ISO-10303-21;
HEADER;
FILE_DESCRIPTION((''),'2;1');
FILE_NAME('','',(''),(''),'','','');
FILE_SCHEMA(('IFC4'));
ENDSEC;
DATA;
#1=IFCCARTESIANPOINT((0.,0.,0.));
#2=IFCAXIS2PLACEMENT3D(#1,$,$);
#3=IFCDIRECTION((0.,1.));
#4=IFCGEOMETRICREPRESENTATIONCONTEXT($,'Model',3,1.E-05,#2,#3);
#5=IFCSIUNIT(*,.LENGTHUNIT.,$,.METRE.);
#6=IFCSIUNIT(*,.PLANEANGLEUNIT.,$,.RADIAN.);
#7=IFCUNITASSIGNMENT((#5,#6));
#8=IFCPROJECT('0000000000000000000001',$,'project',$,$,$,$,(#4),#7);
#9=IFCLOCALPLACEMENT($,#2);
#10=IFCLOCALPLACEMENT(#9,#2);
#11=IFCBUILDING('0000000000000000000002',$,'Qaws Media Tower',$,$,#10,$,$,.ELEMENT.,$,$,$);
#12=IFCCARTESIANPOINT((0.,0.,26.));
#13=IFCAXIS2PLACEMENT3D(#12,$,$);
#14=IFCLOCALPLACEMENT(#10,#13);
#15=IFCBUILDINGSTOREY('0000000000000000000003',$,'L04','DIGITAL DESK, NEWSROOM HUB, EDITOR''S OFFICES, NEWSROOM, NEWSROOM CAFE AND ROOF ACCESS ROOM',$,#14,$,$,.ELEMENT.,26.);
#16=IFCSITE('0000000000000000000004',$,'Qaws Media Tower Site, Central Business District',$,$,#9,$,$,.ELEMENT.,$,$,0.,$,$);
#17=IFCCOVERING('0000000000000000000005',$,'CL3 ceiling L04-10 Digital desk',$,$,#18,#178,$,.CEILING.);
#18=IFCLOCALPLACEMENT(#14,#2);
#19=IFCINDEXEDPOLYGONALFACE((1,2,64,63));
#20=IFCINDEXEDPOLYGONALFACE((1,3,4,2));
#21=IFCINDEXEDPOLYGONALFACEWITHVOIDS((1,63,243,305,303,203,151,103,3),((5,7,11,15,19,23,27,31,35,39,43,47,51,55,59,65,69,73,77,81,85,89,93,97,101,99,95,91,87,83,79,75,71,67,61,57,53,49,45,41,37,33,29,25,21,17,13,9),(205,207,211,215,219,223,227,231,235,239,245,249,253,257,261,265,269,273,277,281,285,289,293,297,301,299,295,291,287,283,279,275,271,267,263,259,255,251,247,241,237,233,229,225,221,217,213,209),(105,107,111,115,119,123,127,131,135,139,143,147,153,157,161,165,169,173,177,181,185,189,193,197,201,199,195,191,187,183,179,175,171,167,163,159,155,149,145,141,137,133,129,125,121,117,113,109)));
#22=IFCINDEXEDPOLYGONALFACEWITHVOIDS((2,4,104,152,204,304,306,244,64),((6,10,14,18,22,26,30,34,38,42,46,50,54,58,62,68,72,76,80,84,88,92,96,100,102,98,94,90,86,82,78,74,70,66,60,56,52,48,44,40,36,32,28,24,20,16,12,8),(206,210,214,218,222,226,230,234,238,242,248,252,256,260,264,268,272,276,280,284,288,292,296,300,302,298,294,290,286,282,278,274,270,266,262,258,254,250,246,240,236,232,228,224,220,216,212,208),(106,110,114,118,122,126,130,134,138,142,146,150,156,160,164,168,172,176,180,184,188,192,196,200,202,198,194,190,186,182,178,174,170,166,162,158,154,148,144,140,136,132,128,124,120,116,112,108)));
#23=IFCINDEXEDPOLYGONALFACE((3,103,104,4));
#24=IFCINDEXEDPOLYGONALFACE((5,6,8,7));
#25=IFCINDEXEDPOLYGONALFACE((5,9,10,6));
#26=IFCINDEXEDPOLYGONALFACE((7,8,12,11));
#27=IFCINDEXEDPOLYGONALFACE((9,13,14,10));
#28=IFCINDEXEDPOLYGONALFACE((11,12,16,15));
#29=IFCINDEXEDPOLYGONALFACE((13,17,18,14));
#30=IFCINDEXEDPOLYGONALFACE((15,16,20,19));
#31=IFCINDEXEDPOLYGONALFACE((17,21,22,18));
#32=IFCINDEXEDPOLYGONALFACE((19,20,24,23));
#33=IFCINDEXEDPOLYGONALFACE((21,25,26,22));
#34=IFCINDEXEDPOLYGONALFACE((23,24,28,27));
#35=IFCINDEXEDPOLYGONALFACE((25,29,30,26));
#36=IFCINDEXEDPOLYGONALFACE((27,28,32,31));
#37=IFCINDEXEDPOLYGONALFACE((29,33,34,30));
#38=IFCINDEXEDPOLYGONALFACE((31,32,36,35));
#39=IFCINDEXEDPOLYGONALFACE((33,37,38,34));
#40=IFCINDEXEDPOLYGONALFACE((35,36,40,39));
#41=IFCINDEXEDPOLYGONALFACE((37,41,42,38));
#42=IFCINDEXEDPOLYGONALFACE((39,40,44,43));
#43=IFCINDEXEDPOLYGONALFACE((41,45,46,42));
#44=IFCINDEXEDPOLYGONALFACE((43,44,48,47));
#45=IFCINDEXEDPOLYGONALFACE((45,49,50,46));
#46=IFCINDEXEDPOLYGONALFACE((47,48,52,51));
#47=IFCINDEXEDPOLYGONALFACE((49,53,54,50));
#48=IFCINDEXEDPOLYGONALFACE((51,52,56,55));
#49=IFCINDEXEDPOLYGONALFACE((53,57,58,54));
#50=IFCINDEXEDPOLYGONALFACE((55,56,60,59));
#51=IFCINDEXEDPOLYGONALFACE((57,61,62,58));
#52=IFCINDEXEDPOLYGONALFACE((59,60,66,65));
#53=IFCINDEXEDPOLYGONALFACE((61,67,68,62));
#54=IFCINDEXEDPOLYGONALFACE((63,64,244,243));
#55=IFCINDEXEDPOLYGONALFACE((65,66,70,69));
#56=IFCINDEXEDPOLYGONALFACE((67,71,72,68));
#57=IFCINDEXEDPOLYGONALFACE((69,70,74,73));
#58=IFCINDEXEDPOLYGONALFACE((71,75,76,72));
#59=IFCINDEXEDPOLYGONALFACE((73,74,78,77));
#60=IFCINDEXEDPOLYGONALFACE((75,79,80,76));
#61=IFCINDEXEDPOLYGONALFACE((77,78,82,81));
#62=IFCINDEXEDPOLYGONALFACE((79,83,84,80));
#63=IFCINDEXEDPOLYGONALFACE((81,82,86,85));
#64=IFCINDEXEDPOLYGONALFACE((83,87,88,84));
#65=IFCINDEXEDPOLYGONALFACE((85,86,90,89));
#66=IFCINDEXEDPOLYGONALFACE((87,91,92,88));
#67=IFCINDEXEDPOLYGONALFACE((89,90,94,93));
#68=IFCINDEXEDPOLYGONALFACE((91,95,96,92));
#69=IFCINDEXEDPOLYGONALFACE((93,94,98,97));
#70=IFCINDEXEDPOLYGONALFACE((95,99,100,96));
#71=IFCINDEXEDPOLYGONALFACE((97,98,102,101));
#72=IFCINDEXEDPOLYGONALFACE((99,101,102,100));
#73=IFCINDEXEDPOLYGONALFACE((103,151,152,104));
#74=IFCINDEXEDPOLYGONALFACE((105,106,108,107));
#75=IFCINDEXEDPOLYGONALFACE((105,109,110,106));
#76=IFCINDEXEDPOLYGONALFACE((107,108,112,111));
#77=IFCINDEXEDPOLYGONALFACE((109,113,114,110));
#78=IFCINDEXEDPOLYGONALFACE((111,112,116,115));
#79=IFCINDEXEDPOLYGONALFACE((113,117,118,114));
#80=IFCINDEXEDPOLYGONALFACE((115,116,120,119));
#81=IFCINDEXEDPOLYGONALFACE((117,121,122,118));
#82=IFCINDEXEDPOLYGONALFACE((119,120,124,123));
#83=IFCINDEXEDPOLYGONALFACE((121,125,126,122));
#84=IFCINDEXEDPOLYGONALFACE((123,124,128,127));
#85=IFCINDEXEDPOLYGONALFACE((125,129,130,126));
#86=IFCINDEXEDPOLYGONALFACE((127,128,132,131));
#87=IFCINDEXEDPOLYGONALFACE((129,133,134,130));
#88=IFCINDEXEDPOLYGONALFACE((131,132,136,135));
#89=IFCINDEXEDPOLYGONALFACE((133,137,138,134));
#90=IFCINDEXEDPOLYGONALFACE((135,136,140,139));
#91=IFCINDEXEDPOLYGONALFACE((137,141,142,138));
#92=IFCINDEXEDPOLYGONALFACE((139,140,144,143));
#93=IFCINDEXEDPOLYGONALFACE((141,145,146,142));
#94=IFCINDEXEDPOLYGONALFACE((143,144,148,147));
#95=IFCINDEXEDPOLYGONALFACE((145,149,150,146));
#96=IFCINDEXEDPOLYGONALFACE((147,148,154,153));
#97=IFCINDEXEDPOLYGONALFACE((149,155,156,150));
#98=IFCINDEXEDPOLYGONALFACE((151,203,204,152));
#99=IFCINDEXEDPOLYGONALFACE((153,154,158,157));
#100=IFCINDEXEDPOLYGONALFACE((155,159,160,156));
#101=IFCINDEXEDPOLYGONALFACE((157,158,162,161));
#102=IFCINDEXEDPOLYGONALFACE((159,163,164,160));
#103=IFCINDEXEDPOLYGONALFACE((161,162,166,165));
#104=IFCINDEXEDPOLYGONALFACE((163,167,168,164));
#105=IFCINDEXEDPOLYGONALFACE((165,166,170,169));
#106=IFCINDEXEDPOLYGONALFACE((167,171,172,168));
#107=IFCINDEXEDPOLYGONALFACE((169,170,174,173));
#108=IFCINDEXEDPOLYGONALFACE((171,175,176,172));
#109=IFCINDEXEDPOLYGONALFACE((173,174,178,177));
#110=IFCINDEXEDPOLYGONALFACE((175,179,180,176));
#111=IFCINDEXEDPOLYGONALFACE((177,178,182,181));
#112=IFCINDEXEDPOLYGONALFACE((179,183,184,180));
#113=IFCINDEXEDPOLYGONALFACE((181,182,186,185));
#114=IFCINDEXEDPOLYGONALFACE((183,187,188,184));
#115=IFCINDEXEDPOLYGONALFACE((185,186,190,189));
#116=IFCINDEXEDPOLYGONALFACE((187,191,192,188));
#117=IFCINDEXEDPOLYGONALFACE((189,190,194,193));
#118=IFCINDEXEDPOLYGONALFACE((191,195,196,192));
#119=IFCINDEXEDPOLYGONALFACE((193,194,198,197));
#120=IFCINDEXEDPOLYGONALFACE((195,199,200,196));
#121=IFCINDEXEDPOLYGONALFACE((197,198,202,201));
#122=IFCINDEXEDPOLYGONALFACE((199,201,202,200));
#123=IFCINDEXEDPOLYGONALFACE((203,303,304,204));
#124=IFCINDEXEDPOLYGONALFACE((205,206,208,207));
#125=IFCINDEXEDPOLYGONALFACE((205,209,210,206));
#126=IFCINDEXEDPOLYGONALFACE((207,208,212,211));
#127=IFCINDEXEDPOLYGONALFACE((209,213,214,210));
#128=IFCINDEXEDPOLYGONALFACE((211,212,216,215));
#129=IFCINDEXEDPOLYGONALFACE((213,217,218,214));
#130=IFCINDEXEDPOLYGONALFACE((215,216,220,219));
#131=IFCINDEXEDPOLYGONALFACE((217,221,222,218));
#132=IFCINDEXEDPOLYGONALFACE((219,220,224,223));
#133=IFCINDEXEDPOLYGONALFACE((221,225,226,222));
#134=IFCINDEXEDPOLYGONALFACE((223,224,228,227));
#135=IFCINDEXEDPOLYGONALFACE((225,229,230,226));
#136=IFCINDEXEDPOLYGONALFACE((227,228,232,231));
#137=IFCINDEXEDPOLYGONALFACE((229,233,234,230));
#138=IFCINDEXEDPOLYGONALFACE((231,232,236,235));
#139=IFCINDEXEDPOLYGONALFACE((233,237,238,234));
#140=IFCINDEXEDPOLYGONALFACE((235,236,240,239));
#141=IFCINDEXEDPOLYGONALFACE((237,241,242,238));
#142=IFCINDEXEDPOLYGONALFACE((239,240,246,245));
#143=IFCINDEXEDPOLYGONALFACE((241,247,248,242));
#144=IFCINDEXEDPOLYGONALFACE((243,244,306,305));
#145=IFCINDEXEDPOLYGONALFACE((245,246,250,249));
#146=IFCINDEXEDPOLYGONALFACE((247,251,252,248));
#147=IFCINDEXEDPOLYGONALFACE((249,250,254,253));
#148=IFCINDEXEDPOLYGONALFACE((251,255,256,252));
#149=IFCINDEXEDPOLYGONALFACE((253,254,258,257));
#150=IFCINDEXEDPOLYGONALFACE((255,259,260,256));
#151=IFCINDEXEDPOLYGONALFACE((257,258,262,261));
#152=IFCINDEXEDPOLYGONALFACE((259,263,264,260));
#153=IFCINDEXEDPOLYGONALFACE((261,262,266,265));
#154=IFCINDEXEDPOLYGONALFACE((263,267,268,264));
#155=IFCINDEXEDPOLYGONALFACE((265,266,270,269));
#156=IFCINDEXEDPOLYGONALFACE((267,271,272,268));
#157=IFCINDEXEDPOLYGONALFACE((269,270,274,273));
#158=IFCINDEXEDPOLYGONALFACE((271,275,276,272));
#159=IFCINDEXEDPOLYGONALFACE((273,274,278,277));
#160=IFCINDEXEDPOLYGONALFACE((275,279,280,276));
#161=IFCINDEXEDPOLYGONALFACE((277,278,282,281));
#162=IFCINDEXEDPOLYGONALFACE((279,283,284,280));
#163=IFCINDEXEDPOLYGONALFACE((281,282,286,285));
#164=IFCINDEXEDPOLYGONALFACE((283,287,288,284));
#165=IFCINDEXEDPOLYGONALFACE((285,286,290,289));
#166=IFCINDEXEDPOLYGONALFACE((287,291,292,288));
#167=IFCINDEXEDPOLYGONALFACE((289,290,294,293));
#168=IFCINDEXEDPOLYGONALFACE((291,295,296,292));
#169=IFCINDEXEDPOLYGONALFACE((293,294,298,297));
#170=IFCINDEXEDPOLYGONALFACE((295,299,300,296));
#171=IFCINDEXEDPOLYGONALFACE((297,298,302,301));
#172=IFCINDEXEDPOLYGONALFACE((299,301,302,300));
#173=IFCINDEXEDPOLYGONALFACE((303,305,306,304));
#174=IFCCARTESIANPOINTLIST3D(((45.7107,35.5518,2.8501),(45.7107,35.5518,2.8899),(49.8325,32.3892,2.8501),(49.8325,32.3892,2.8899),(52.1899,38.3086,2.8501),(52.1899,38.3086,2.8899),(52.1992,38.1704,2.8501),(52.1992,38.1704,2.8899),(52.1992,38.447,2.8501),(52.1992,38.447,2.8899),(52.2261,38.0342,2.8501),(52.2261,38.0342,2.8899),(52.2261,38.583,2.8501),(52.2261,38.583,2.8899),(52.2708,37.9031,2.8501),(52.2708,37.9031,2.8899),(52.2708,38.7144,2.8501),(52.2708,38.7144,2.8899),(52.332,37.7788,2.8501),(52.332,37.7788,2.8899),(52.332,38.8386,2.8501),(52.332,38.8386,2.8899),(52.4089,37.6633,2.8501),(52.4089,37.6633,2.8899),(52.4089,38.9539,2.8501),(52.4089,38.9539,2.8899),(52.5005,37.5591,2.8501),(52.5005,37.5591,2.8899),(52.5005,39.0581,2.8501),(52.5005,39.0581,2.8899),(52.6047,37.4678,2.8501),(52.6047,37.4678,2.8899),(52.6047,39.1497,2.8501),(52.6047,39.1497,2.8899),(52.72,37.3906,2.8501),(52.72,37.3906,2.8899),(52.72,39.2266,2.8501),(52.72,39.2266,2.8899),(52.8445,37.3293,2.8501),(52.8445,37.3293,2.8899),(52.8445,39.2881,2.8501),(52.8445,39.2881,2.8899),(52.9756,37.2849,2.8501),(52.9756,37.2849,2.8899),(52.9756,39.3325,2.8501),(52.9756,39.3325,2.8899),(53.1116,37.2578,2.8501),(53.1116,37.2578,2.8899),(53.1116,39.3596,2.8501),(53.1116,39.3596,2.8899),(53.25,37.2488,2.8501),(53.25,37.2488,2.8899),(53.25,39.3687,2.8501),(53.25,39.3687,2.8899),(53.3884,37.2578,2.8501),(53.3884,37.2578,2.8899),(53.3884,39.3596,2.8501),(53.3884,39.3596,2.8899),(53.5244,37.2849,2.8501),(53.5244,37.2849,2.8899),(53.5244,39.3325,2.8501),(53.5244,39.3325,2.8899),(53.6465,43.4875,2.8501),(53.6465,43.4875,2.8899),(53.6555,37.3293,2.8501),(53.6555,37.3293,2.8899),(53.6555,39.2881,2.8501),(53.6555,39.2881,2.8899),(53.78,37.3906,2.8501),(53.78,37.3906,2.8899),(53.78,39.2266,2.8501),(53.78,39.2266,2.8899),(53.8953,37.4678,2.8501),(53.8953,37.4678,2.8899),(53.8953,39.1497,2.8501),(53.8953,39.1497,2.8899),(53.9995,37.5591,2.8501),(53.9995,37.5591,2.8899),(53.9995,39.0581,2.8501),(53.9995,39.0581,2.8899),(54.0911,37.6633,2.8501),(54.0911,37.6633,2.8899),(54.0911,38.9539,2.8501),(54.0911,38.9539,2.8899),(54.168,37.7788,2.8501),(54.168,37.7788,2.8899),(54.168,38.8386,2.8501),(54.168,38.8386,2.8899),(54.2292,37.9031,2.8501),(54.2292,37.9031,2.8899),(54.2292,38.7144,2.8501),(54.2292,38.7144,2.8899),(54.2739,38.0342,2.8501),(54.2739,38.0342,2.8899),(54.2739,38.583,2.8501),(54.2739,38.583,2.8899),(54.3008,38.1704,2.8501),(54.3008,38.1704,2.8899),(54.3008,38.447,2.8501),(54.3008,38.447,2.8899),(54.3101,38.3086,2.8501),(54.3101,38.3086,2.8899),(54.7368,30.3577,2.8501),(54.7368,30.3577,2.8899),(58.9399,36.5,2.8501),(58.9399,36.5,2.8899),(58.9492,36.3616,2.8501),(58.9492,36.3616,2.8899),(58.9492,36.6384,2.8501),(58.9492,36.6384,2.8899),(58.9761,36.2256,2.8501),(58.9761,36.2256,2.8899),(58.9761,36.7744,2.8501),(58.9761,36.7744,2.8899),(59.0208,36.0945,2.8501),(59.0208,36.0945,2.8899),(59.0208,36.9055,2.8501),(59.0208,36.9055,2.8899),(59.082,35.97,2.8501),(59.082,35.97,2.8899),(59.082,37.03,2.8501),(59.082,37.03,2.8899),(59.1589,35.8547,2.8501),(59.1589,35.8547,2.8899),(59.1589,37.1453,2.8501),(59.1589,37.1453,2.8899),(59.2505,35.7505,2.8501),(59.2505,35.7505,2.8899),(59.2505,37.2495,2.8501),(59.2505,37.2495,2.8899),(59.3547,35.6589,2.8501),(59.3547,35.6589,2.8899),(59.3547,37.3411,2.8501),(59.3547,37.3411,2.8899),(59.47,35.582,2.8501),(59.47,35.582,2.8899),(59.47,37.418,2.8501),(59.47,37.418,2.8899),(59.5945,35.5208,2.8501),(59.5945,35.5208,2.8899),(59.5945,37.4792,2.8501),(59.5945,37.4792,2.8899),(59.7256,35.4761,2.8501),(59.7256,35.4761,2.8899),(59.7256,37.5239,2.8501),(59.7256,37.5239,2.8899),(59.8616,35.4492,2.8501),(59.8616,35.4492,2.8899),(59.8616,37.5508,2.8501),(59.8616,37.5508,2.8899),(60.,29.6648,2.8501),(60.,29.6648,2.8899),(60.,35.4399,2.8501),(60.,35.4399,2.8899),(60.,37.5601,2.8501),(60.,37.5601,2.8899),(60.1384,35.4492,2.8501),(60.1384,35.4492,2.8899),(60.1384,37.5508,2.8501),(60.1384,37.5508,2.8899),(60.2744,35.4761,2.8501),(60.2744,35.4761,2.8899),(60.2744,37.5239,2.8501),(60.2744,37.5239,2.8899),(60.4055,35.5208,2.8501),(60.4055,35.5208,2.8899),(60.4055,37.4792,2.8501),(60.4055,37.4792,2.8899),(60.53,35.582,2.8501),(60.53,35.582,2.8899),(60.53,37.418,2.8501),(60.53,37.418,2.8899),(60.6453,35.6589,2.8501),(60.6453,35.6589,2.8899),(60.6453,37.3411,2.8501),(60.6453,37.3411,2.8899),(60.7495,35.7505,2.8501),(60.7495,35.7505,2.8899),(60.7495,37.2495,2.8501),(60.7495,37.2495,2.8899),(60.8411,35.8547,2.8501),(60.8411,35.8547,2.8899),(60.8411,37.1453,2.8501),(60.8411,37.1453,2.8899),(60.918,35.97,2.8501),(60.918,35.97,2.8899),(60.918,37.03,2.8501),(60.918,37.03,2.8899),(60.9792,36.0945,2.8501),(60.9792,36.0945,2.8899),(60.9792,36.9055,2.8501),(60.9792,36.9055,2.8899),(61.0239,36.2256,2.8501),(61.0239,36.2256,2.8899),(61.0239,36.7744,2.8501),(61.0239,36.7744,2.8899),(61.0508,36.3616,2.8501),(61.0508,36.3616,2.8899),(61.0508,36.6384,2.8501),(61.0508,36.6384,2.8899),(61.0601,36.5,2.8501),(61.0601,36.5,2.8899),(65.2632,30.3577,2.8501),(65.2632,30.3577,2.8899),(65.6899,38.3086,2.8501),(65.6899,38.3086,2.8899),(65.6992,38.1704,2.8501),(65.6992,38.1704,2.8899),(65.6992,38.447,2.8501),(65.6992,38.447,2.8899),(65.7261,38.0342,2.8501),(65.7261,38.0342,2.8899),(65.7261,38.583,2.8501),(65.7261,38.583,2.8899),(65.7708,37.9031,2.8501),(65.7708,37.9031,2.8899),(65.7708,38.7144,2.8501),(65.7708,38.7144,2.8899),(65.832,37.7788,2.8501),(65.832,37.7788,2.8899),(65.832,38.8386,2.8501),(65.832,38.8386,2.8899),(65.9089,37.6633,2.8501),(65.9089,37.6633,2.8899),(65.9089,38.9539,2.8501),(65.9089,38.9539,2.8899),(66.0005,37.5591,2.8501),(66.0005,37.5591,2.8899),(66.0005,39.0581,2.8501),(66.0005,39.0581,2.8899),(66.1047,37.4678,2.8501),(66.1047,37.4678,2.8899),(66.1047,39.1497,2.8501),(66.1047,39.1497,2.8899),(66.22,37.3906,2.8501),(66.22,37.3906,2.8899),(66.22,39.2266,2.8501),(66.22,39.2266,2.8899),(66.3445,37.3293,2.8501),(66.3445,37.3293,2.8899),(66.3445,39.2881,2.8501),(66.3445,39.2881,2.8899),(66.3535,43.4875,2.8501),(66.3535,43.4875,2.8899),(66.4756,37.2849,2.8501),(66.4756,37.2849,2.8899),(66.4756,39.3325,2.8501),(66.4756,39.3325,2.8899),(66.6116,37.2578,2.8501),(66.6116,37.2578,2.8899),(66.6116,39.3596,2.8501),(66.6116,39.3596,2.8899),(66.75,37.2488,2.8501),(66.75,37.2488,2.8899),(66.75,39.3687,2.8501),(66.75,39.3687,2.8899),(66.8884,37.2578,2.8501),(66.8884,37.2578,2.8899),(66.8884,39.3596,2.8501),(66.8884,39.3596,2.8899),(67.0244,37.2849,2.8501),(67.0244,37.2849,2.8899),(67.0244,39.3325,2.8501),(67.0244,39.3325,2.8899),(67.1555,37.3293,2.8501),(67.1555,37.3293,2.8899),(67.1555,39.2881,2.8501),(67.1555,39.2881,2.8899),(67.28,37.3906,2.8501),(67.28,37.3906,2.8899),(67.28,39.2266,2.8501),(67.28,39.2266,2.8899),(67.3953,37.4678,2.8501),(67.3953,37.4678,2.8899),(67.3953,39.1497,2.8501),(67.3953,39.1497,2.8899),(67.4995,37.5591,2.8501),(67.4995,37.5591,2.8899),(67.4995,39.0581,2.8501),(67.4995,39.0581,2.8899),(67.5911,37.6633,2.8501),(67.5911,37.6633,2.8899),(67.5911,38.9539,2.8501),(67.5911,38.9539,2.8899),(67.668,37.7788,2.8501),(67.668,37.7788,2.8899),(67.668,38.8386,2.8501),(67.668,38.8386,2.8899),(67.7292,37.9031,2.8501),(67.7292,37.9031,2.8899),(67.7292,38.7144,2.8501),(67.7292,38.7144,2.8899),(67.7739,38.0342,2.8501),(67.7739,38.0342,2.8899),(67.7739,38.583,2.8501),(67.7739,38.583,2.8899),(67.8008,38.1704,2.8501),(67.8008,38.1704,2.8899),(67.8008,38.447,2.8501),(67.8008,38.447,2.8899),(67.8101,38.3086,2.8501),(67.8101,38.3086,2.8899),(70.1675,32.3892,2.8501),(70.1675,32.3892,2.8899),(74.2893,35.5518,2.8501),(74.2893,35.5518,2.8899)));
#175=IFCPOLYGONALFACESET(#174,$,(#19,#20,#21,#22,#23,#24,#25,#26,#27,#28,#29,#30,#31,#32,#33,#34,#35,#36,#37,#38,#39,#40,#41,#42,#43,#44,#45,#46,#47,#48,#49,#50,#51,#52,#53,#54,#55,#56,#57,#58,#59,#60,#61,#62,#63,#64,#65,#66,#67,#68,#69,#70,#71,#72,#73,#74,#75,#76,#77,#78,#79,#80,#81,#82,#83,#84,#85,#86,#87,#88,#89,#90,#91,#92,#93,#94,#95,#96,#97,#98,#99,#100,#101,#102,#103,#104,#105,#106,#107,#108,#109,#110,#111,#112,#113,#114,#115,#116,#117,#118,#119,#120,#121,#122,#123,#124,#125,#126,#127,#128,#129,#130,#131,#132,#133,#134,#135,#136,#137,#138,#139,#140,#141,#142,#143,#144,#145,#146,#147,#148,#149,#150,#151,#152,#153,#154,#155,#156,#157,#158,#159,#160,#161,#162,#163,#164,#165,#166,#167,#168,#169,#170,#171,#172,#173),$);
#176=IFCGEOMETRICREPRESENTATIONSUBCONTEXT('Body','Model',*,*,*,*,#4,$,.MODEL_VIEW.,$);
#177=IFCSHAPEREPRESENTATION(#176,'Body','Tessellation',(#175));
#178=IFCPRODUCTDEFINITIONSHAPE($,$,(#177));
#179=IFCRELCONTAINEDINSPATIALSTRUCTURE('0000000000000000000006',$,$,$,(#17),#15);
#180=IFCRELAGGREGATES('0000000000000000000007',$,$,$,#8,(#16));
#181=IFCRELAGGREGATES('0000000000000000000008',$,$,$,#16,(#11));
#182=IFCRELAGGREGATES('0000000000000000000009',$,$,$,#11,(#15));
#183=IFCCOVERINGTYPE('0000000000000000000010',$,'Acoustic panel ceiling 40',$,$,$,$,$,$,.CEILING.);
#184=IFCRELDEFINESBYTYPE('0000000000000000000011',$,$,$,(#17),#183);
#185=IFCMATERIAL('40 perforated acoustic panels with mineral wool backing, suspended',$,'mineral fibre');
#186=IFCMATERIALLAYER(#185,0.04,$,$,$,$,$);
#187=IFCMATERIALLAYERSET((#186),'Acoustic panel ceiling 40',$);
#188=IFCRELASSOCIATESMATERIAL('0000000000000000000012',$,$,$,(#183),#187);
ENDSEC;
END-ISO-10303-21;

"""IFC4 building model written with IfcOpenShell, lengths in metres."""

from ifc_helpers import new_model, si_unit, direction, frame, origin, place, context, subcontext, project, spatial, polyline, outline, extrude, material, layer, layer_set, type_object, element, save


model = new_model("IFC4")

# Units and contexts
model_context = context("Model", 3, precision=1e-05, world=origin(), true_north=direction((0.0, 1.0)))
body_context = subcontext(model_context, "Body", "Model", "MODEL_VIEW")
ifc_project = project(units=[si_unit("LENGTHUNIT", "METRE"), si_unit("PLANEANGLEUNIT", "RADIAN")], contexts=[model_context])

# Site, building, storey
site_placement = place(None, origin())
site = spatial("IfcSite", under=ifc_project, at=site_placement, Name="Qaws Media Tower Site, Central Business District", CompositionType="ELEMENT", RefElevation=0.0)
building_placement = place(site_placement, origin())
building = spatial("IfcBuilding", under=site, at=building_placement, Name="Qaws Media Tower", CompositionType="ELEMENT")
storey_placement = place(building_placement, frame((0.0, 0.0, 26.0)))
storey = spatial("IfcBuildingStorey", under=building, at=storey_placement, Name="L04", Description="DIGITAL DESK, NEWSROOM HUB, EDITOR'S OFFICES, NEWSROOM, NEWSROOM CAFE AND ROOF ACCESS ROOM", CompositionType="ELEMENT", Elevation=26.0)

# Covering
ifc_material_1 = material(Name="40 perforated acoustic panels with mineral wool backing, suspended", Category="mineral fibre")
ifc_layer_1 = layer(ifc_material_1, 0.04)
ifc_layer_set_1 = layer_set([ifc_layer_1], Name="Acoustic panel ceiling 40")
covering_type_1 = type_object("IfcCoveringType", Name="Acoustic panel ceiling 40", PredefinedType="CEILING", material=ifc_layer_set_1)
covering_1_placement = place(storey_placement, frame((0.0, 0.0, 2.8501)))
element("IfcCovering", 1, at=covering_1_placement, inside=storey, type_object=covering_type_1, Name="CL3 ceiling L04-10 Digital desk", PredefinedType="CEILING", context=body_context, shape_type="SweptSolid", body=[
    extrude(outline(polyline([(66.3535, 43.4875), (74.2893, 35.5518), (70.1675, 32.3892), (65.2632, 30.3577), (60.0, 29.6648), (54.7368, 30.3577), (49.8325, 32.3892), (45.7107, 35.5518), (53.6465, 43.4875), (66.3535, 43.4875)]), holes=[polyline([(54.2739, 38.0342), (54.3008, 38.1704), (54.3101, 38.3086), (54.3008, 38.447), (54.2739, 38.583), (54.2292, 38.7144), (54.168, 38.8386), (54.0911, 38.9539), (53.9995, 39.0581), (53.8953, 39.1497), (53.78, 39.2266), (53.6555, 39.2881), (53.5244, 39.3325), (53.3884, 39.3596), (53.25, 39.3687), (53.1116, 39.3596), (52.9756, 39.3325), (52.8445, 39.2881), (52.72, 39.2266), (52.6047, 39.1497), (52.5005, 39.0581), (52.4089, 38.9539), (52.332, 38.8386), (52.2708, 38.7144), (52.2261, 38.583), (52.1992, 38.447), (52.1899, 38.3086), (52.1992, 38.1704), (52.2261, 38.0342), (52.2708, 37.9031), (52.332, 37.7788), (52.4089, 37.6633), (52.5005, 37.5591), (52.6047, 37.4678), (52.72, 37.3906), (52.8445, 37.3293), (52.9756, 37.2849), (53.1116, 37.2578), (53.25, 37.2488), (53.3884, 37.2578), (53.5244, 37.2849), (53.6555, 37.3293), (53.78, 37.3906), (53.8953, 37.4678), (53.9995, 37.5591), (54.0911, 37.6633), (54.168, 37.7788), (54.2292, 37.9031), (54.2739, 38.0342)]), polyline([(61.0239, 36.2256), (61.0508, 36.3616), (61.0601, 36.5), (61.0508, 36.6384), (61.0239, 36.7744), (60.9792, 36.9055), (60.918, 37.03), (60.8411, 37.1453), (60.7495, 37.2495), (60.6453, 37.3411), (60.53, 37.418), (60.4055, 37.4792), (60.2744, 37.5239), (60.1384, 37.5508), (60.0, 37.5601), (59.8616, 37.5508), (59.7256, 37.5239), (59.5945, 37.4792), (59.47, 37.418), (59.3547, 37.3411), (59.2505, 37.2495), (59.1589, 37.1453), (59.082, 37.03), (59.0208, 36.9055), (58.9761, 36.7744), (58.9492, 36.6384), (58.9399, 36.5), (58.9492, 36.3616), (58.9761, 36.2256), (59.0208, 36.0945), (59.082, 35.97), (59.1589, 35.8547), (59.2505, 35.7505), (59.3547, 35.6589), (59.47, 35.582), (59.5945, 35.5208), (59.7256, 35.4761), (59.8616, 35.4492), (60.0, 35.4399), (60.1384, 35.4492), (60.2744, 35.4761), (60.4055, 35.5208), (60.53, 35.582), (60.6453, 35.6589), (60.7495, 35.7505), (60.8411, 35.8547), (60.918, 35.97), (60.9792, 36.0945), (61.0239, 36.2256)]), polyline([(67.7292, 37.9031), (67.7739, 38.0342), (67.8008, 38.1704), (67.8101, 38.3086), (67.8008, 38.447), (67.7739, 38.583), (67.7292, 38.7144), (67.668, 38.8386), (67.5911, 38.9539), (67.4995, 39.0581), (67.3953, 39.1497), (67.28, 39.2266), (67.1555, 39.2881), (67.0244, 39.3325), (66.8884, 39.3596), (66.75, 39.3687), (66.6116, 39.3596), (66.4756, 39.3325), (66.3445, 39.2881), (66.22, 39.2266), (66.1047, 39.1497), (66.0005, 39.0581), (65.9089, 38.9539), (65.832, 38.8386), (65.7708, 38.7144), (65.7261, 38.583), (65.6992, 38.447), (65.6899, 38.3086), (65.6992, 38.1704), (65.7261, 38.0342), (65.7708, 37.9031), (65.832, 37.7788), (65.9089, 37.6633), (66.0005, 37.5591), (66.1047, 37.4678), (66.22, 37.3906), (66.3445, 37.3293), (66.4756, 37.2849), (66.6116, 37.2578), (66.75, 37.2488), (66.8884, 37.2578), (67.0244, 37.2849), (67.1555, 37.3293), (67.28, 37.3906), (67.3953, 37.4678), (67.4995, 37.5591), (67.5911, 37.6633), (67.668, 37.7788), (67.7292, 37.9031)])]), origin(), (0.0, 0.0, 1.0), 0.0398),
])

save(model, "model.ifc")
